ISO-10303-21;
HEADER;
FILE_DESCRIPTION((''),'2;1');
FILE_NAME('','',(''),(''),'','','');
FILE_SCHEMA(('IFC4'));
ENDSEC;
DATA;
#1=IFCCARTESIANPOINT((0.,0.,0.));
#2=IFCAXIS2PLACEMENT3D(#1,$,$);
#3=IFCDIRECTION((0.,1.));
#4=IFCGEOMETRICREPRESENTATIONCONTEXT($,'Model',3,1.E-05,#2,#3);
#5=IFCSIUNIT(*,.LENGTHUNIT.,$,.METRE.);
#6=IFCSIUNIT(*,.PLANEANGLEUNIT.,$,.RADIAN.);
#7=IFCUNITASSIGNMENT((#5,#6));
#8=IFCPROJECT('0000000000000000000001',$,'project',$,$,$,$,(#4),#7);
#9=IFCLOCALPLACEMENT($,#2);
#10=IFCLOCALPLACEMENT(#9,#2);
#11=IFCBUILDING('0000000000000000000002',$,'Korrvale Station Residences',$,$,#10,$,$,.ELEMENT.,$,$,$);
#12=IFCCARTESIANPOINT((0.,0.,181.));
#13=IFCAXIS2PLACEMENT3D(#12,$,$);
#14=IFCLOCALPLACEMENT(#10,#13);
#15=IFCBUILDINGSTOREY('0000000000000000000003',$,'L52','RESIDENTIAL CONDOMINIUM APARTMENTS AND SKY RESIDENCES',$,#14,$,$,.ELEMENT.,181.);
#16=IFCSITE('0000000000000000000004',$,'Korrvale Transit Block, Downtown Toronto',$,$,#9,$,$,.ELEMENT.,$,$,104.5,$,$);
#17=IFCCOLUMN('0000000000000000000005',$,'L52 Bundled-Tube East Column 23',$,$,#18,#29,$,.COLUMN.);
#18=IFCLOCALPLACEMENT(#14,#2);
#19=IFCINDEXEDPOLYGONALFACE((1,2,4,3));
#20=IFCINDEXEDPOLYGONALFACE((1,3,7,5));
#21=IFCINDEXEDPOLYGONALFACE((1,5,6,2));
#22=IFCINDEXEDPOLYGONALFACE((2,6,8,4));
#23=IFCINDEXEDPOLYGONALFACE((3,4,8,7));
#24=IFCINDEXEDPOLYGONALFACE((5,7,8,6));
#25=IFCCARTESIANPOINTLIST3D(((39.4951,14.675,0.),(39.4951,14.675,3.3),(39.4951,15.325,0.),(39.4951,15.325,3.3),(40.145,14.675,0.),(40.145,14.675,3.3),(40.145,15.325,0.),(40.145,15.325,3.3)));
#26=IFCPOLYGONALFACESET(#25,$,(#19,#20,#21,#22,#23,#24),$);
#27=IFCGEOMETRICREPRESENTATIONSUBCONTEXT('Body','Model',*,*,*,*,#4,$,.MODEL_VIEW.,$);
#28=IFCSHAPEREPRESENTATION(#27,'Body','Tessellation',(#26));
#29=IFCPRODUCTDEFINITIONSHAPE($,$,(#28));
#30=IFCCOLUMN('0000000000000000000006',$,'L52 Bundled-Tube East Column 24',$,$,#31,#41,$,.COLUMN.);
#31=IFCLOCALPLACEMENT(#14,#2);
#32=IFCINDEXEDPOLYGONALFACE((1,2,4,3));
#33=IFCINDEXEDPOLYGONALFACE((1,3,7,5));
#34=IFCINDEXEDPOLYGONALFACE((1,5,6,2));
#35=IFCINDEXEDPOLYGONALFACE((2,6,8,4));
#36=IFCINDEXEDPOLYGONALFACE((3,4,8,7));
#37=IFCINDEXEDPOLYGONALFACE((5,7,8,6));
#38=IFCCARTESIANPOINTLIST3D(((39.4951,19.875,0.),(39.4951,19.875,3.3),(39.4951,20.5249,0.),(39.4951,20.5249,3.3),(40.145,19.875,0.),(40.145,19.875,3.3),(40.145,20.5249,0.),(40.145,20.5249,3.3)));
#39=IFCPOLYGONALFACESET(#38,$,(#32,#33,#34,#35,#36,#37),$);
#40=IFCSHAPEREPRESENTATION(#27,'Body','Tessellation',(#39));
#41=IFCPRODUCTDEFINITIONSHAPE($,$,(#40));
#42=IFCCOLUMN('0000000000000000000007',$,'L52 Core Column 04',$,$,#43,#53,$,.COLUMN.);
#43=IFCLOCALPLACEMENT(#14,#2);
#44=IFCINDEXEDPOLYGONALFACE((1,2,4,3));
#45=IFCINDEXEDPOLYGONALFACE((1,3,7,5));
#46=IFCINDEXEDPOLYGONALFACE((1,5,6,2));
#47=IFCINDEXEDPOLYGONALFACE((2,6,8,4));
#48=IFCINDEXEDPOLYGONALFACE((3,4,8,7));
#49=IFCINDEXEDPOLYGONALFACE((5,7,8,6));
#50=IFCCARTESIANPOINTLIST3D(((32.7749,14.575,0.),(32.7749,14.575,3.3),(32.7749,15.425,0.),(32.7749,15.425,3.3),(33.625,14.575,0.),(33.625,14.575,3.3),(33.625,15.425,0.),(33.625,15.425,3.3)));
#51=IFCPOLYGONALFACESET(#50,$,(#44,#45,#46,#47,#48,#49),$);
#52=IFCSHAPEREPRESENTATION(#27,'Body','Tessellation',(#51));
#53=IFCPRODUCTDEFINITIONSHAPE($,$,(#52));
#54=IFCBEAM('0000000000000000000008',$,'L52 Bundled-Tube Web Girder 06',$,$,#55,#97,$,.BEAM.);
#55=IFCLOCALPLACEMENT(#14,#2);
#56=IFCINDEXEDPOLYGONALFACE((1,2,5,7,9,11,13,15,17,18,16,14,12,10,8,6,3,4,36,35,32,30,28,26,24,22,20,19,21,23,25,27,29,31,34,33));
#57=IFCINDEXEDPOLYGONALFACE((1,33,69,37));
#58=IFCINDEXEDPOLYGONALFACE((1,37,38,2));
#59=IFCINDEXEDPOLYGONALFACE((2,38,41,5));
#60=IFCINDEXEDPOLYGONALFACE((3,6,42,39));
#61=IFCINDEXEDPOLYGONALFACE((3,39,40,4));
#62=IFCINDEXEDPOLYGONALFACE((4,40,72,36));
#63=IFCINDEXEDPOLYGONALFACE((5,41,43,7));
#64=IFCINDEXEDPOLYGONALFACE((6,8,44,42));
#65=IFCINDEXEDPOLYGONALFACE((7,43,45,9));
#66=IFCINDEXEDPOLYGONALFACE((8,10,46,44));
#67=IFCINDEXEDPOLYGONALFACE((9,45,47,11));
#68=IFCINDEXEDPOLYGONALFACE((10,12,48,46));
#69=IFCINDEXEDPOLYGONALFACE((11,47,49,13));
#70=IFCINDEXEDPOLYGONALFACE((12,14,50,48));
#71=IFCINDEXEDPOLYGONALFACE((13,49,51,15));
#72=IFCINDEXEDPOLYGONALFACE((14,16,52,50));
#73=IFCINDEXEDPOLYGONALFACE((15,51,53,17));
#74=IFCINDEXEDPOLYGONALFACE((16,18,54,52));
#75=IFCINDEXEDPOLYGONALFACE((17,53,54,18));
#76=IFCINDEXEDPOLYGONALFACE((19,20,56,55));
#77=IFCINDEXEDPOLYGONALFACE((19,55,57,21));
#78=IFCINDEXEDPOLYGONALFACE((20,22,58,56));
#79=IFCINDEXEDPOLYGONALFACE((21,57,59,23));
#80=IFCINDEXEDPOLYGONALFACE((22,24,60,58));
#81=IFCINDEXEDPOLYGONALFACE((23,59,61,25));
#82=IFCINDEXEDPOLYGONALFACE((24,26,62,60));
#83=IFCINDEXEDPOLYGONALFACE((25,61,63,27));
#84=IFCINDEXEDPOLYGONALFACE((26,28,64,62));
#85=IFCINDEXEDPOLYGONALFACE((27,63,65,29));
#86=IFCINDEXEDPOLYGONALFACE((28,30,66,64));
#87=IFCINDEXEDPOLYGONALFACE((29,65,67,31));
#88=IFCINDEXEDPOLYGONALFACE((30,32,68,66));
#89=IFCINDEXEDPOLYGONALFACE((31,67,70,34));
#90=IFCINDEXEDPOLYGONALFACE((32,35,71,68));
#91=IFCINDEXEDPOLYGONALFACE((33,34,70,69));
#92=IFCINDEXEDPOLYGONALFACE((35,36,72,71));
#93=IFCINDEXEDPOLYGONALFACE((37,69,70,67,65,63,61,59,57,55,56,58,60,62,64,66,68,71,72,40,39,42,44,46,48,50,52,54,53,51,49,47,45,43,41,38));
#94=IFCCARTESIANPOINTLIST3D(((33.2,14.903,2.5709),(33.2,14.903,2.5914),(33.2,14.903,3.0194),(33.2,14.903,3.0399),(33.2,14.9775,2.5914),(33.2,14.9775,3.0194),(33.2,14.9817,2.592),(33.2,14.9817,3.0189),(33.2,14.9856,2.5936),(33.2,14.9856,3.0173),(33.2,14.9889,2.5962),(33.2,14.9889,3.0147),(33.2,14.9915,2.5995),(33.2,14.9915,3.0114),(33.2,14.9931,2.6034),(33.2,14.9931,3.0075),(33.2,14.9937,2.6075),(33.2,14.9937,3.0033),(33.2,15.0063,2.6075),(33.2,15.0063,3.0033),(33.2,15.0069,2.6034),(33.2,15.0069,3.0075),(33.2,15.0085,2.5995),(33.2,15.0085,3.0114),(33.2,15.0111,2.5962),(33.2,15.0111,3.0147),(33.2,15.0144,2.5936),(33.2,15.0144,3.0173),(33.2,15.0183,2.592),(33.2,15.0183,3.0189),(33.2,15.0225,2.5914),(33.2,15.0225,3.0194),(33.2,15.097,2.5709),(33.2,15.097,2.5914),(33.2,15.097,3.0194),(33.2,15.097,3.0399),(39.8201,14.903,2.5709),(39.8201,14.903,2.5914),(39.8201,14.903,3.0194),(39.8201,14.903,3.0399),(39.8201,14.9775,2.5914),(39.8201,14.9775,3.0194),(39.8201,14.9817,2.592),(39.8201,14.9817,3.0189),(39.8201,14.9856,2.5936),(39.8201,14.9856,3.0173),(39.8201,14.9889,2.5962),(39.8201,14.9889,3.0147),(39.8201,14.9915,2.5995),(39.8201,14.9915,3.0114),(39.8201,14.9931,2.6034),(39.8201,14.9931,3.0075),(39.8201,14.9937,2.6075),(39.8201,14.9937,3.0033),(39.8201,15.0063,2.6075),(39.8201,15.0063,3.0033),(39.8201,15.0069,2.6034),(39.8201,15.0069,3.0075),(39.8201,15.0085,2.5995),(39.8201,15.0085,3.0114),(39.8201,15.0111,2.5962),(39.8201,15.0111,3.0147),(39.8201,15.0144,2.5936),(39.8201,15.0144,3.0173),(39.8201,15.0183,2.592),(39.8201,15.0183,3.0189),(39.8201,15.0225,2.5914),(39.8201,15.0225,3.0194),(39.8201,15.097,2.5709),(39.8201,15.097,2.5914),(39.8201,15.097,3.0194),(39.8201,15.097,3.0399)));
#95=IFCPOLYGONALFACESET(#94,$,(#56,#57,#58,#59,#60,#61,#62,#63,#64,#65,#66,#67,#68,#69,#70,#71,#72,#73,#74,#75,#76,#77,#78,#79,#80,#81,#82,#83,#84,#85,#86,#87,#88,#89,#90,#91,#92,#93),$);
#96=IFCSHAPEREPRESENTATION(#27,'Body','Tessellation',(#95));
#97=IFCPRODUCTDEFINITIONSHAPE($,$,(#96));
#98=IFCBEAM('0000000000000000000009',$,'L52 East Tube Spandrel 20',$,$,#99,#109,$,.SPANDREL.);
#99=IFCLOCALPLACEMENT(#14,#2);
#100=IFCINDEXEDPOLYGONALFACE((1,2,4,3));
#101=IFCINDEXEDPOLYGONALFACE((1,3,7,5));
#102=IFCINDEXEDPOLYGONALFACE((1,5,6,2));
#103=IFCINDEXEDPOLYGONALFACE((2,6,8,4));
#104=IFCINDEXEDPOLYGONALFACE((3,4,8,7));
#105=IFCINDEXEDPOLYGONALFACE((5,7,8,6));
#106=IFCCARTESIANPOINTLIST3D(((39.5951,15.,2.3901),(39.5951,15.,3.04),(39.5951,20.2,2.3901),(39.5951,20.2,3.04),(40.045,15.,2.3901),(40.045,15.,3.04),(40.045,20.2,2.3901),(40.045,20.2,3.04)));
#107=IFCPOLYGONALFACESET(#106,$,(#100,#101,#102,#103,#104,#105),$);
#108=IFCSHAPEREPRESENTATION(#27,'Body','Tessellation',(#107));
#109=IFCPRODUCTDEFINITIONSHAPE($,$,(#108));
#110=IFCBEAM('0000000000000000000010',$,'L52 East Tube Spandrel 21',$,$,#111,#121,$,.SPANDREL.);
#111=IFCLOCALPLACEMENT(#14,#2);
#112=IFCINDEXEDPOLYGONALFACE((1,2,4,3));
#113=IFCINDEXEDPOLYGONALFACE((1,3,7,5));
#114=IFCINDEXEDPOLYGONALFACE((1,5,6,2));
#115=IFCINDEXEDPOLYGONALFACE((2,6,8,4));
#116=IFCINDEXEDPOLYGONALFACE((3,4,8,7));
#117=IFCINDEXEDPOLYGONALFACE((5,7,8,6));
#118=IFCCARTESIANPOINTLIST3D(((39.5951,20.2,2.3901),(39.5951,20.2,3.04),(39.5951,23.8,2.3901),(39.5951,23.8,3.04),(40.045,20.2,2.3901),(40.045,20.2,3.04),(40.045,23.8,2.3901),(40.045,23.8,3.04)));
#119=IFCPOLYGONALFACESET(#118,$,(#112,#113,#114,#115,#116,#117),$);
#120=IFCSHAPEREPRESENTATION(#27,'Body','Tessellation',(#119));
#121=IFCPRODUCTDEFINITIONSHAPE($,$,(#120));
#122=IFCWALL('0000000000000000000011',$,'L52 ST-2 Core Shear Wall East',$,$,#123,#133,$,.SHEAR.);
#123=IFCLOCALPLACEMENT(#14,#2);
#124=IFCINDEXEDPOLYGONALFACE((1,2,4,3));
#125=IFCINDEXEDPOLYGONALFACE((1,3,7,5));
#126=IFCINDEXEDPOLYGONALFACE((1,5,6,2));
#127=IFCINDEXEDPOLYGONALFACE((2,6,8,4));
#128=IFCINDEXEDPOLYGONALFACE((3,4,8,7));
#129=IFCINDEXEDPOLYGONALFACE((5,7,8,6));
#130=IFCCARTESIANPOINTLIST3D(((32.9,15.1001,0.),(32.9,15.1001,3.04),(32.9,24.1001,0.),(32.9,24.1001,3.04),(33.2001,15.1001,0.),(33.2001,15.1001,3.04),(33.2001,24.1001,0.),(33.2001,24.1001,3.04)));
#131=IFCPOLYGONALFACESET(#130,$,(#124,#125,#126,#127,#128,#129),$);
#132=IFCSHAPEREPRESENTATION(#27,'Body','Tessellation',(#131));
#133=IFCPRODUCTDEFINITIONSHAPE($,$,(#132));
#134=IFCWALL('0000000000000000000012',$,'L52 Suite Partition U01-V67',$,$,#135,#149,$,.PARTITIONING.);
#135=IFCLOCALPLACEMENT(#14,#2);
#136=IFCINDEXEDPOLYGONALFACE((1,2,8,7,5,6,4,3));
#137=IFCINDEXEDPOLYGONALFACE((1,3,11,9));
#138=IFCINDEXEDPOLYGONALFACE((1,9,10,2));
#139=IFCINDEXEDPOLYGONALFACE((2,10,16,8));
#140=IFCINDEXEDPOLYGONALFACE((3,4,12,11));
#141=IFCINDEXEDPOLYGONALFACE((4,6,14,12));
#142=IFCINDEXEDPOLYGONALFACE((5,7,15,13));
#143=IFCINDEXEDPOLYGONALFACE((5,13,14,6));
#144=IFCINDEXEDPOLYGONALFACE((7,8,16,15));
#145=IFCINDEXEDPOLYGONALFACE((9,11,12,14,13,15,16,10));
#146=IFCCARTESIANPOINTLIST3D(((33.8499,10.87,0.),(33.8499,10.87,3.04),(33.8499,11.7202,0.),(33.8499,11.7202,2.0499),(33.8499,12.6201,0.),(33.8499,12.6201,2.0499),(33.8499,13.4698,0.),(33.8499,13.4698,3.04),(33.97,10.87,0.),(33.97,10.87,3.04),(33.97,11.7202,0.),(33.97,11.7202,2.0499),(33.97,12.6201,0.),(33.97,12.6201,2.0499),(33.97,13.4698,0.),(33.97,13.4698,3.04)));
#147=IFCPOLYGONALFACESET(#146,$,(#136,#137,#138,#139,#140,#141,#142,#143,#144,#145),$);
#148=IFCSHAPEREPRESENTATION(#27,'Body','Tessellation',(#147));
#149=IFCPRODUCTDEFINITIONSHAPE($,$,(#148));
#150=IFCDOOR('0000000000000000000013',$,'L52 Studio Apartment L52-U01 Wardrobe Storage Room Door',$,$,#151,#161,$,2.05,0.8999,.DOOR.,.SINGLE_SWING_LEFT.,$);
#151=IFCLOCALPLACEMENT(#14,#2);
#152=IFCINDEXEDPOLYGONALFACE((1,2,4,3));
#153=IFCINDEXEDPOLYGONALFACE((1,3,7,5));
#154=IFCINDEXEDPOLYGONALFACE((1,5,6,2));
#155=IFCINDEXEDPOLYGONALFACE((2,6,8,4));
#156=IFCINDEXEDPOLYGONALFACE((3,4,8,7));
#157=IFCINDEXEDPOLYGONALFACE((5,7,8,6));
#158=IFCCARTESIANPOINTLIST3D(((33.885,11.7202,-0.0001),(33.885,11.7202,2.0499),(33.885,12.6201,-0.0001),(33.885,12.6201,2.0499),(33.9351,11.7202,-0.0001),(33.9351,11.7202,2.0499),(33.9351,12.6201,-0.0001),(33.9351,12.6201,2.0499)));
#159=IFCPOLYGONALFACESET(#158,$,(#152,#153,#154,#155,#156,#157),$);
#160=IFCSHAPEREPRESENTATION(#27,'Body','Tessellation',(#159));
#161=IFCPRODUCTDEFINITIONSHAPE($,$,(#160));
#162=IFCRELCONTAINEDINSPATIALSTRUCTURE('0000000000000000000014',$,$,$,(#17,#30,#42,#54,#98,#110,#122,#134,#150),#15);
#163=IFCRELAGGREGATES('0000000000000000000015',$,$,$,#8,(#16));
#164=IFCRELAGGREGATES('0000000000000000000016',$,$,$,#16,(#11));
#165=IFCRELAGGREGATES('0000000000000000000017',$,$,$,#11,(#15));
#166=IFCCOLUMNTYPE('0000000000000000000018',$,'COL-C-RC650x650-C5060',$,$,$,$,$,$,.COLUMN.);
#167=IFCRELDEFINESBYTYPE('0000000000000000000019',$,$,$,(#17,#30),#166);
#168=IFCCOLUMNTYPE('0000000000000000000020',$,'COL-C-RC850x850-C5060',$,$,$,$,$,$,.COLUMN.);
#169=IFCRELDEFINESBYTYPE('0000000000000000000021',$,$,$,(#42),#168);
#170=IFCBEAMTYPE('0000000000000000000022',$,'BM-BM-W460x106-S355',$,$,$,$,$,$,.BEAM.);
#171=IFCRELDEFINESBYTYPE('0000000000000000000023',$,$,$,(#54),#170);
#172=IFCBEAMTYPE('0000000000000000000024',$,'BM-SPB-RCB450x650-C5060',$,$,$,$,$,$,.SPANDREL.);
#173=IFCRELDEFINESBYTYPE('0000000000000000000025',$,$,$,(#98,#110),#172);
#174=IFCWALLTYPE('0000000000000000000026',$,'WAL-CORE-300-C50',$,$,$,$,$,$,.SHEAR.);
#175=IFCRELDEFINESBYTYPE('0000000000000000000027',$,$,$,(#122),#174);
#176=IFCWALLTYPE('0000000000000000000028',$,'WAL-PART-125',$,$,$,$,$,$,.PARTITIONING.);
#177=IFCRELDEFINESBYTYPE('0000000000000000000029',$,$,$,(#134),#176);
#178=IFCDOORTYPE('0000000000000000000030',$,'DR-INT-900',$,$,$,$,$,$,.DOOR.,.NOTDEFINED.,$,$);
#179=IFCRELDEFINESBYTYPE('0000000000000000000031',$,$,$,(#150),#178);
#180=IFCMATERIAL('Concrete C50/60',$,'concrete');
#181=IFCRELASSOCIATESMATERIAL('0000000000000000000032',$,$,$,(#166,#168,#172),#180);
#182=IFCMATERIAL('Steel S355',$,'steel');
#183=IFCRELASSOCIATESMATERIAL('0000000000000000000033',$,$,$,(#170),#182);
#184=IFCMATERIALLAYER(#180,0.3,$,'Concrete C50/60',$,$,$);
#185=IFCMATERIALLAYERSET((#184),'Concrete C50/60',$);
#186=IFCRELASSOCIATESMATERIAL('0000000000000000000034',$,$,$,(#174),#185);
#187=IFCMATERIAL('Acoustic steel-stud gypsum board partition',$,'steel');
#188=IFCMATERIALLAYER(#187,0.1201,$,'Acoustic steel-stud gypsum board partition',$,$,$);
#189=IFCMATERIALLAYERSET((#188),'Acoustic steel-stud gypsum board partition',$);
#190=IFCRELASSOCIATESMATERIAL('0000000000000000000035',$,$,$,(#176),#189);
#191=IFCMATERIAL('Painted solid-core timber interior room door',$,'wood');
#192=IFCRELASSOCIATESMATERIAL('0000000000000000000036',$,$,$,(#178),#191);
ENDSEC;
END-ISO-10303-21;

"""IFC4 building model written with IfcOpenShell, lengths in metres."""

from ifc_helpers import new_model, si_unit, direction, frame, frame_2d, origin, origin_2d, place, context, subcontext, project, spatial, rectangle, i_section, extrude, material, layer, layer_set, material_profile, profile_set, type_object, element, fill, save


model = new_model("IFC4")

# Units and contexts
model_context = context("Model", 3, precision=1e-05, world=origin(), true_north=direction((0.0, 1.0)))
body_context = subcontext(model_context, "Body", "Model", "MODEL_VIEW")
ifc_project = project(units=[si_unit("LENGTHUNIT", "METRE"), si_unit("PLANEANGLEUNIT", "RADIAN")], contexts=[model_context])

# Site, building, storey
site_placement = place(None, origin())
site = spatial("IfcSite", under=ifc_project, at=site_placement, Name="Korrvale Transit Block, Downtown Toronto", CompositionType="ELEMENT", RefElevation=104.5)
building_placement = place(site_placement, origin())
building = spatial("IfcBuilding", under=site, at=building_placement, Name="Korrvale Station Residences", CompositionType="ELEMENT")
storey_placement = place(building_placement, frame((0.0, 0.0, 181.0)))
storey = spatial("IfcBuildingStorey", under=building, at=storey_placement, Name="L52", Description="RESIDENTIAL CONDOMINIUM APARTMENTS AND SKY RESIDENCES", CompositionType="ELEMENT", Elevation=181.0)

# Columns
ifc_material_1 = material(Name="Concrete C50/60", Category="concrete")
ifc_material_profile_1 = material_profile(ifc_material_1, rectangle(XDim=0.6499, YDim=0.6499, at=origin_2d()), Name="RC650x650")
ifc_profile_set_1 = profile_set([ifc_material_profile_1], Name="Concrete C50/60")
column_type_1 = type_object("IfcColumnType", Name="COL-C-RC650x650-C5060", PredefinedType="COLUMN", material=ifc_profile_set_1)
for number, where, z_axis, x_axis, name in (
    (1, (39.8201, 15.0, 0.0), (0.0, 0.0, 1.0), (1.0, 0.0, 0.0), "L52 Bundled-Tube East Column 23"),
    (2, (39.8201, 20.2, 0.0), (0.0, 0.0, 1.0), (1.0, 0.0, 0.0), "L52 Bundled-Tube East Column 24"),
):
    element("IfcColumn", number, at=place(storey_placement, frame(where, z_axis=z_axis, x_axis=x_axis)), inside=storey, type_object=column_type_1, Name=name, PredefinedType="COLUMN", context=body_context, shape_type="SweptSolid", body=[
        extrude(rectangle(XDim=0.6499, YDim=0.6499, at=origin_2d()), origin(), (0.0, 0.0, 1.0), 3.3),
    ])
ifc_material_profile_2 = material_profile(ifc_material_1, rectangle(XDim=0.8501, YDim=0.8501, at=origin_2d()), Name="RC850x850")
ifc_profile_set_2 = profile_set([ifc_material_profile_2], Name="Concrete C50/60")
column_type_2 = type_object("IfcColumnType", Name="COL-C-RC850x850-C5060", PredefinedType="COLUMN", material=ifc_profile_set_2)
column_placement = place(storey_placement, frame((33.2, 15.0, 0.0), z_axis=(0.0, 0.0, 1.0), x_axis=(1.0, 0.0, 0.0)))
element("IfcColumn", 3, at=column_placement, inside=storey, type_object=column_type_2, Name="L52 Core Column 04", PredefinedType="COLUMN", context=body_context, shape_type="SweptSolid", body=[
    extrude(rectangle(XDim=0.8501, YDim=0.8501, at=origin_2d()), origin(), (0.0, 0.0, 1.0), 3.3),
])

# Beams
ifc_material_2 = material(Name="Steel S355", Category="steel")
ifc_material_profile_3 = material_profile(ifc_material_2, i_section(OverallWidth=0.1941, OverallDepth=0.469, WebThickness=0.0127, FlangeThickness=0.0205, FilletRadius=0.0161, at=origin_2d()), Name="W460x106")
ifc_profile_set_3 = profile_set([ifc_material_profile_3], Name="Steel S355")
beam_type_1 = type_object("IfcBeamType", Name="BM-BM-W460x106-S355", PredefinedType="BEAM", material=ifc_profile_set_3)
beam_1_placement = place(storey_placement, frame((33.2, 15.0, 2.8054), z_axis=(1.0, 0.0, 0.0), x_axis=(0.0, 1.0, 0.0)))
element("IfcBeam", 4, at=beam_1_placement, inside=storey, type_object=beam_type_1, Name="L52 Bundled-Tube Web Girder 06", PredefinedType="BEAM", context=body_context, shape_type="SweptSolid", body=[
    extrude(i_section(OverallWidth=0.1941, OverallDepth=0.469, WebThickness=0.0127, FlangeThickness=0.0205, FilletRadius=0.0161, at=origin_2d()), origin(), (0.0, 0.0, 1.0), 6.6201),
])
ifc_material_profile_4 = material_profile(ifc_material_1, rectangle(XDim=0.45, YDim=0.6499, at=origin_2d()), Name="RCB450x650")
ifc_profile_set_4 = profile_set([ifc_material_profile_4], Name="Concrete C50/60")
beam_type_2 = type_object("IfcBeamType", Name="BM-SPB-RCB450x650-C5060", PredefinedType="SPANDREL", material=ifc_profile_set_4)
beam_2_placement = place(storey_placement, frame((39.8201, 15.0, 2.7151), z_axis=(0.0, 1.0, 0.0), x_axis=(-1.0, 0.0, 0.0)))
element("IfcBeam", 5, at=beam_2_placement, inside=storey, type_object=beam_type_2, Name="L52 East Tube Spandrel 20", PredefinedType="SPANDREL", context=body_context, shape_type="SweptSolid", body=[
    extrude(rectangle(XDim=0.45, YDim=0.6499, at=origin_2d()), origin(), (0.0, 0.0, 1.0), 5.2),
])
beam_3_placement = place(storey_placement, frame((39.8201, 20.2, 2.7151), z_axis=(0.0, 1.0, 0.0), x_axis=(-1.0, 0.0, 0.0)))
element("IfcBeam", 6, at=beam_3_placement, inside=storey, type_object=beam_type_2, Name="L52 East Tube Spandrel 21", PredefinedType="SPANDREL", context=body_context, shape_type="SweptSolid", body=[
    extrude(rectangle(XDim=0.45, YDim=0.6499, at=origin_2d()), origin(), (0.0, 0.0, 1.0), 3.6001),
])

# Wall
ifc_layer_1 = layer(ifc_material_1, 0.3, Name="Concrete C50/60")
ifc_layer_set_1 = layer_set([ifc_layer_1], Name="Concrete C50/60")
wall_type_1 = type_object("IfcWallType", Name="WAL-CORE-300-C50", PredefinedType="SHEAR", material=ifc_layer_set_1)
wall_1_placement = place(storey_placement, frame((33.05, 15.1001, 0.0), z_axis=(0.0, 0.0, 1.0), x_axis=(0.0, 1.0, 0.0)))
element("IfcWall", 7, at=wall_1_placement, inside=storey, type_object=wall_type_1, Name="L52 ST-2 Core Shear Wall East", PredefinedType="SHEAR", context=body_context, shape_type="SweptSolid", body=[
    extrude(rectangle(XDim=9.0, YDim=0.3, at=frame_2d((4.5, 0.0))), origin(), (0.0, 0.0, 1.0), 3.04),
])

# Wall, opening, door
ifc_material_3 = material(Name="Acoustic steel-stud gypsum board partition", Category="steel")
ifc_layer_2 = layer(ifc_material_3, 0.1201, Name="Acoustic steel-stud gypsum board partition")
ifc_layer_set_2 = layer_set([ifc_layer_2], Name="Acoustic steel-stud gypsum board partition")
wall_type_2 = type_object("IfcWallType", Name="WAL-PART-125", PredefinedType="PARTITIONING", material=ifc_layer_set_2)
wall_2_placement = place(storey_placement, frame((33.9099, 10.8701, 0.0), z_axis=(0.0, 0.0, 1.0), x_axis=(0.0, 1.0, 0.0)))
wall_2 = element("IfcWall", 8, at=wall_2_placement, inside=storey, type_object=wall_type_2, Name="L52 Suite Partition U01-V67", PredefinedType="PARTITIONING", context=body_context, shape_type="SweptSolid", body=[
    extrude(rectangle(XDim=2.5999, YDim=0.1201, at=frame_2d((1.2998, 0.0))), origin(), (0.0, 0.0, 1.0), 3.04),
])
opening_1_placement = place(wall_2_placement, frame((0.8501, 0.0, 0.0)))
opening_1 = element("IfcOpeningElement", 9, at=opening_1_placement, cuts=wall_2, PredefinedType="OPENING", context=body_context, shape_type="SweptSolid", body=[
    extrude(rectangle(XDim=0.8999, YDim=2.05, at=frame_2d((0.45, 1.0249))), frame((0.0, 0.0701, 0.0), z_axis=(0.0, -1.0, 0.0), x_axis=(1.0, 0.0, 0.0)), (0.0, 0.0, 1.0), 0.1401),
])
ifc_material_4 = material(Name="Painted solid-core timber interior room door", Category="wood")
door_type_1 = type_object("IfcDoorType", Name="DR-INT-900", OperationType="NOTDEFINED", PredefinedType="DOOR", material=ifc_material_4)
door_1_placement = place(opening_1_placement, origin())
door_1 = element("IfcDoor", 10, at=door_1_placement, inside=storey, type_object=door_type_1, Name="L52 Studio Apartment L52-U01 Wardrobe Storage Room Door", OperationType="SINGLE_SWING_LEFT", OverallHeight=2.05, OverallWidth=0.8999, PredefinedType="DOOR", context=body_context, shape_type="SweptSolid", body=[
    extrude(rectangle(XDim=0.8999, YDim=2.05, at=frame_2d((0.45, 1.0249))), frame((0.0, 0.0249, 0.0), z_axis=(0.0, -1.0, 0.0), x_axis=(1.0, 0.0, 0.0)), (0.0, 0.0, 1.0), 0.05),
])
fill(opening_1, door_1)

save(model, "model.ifc")
